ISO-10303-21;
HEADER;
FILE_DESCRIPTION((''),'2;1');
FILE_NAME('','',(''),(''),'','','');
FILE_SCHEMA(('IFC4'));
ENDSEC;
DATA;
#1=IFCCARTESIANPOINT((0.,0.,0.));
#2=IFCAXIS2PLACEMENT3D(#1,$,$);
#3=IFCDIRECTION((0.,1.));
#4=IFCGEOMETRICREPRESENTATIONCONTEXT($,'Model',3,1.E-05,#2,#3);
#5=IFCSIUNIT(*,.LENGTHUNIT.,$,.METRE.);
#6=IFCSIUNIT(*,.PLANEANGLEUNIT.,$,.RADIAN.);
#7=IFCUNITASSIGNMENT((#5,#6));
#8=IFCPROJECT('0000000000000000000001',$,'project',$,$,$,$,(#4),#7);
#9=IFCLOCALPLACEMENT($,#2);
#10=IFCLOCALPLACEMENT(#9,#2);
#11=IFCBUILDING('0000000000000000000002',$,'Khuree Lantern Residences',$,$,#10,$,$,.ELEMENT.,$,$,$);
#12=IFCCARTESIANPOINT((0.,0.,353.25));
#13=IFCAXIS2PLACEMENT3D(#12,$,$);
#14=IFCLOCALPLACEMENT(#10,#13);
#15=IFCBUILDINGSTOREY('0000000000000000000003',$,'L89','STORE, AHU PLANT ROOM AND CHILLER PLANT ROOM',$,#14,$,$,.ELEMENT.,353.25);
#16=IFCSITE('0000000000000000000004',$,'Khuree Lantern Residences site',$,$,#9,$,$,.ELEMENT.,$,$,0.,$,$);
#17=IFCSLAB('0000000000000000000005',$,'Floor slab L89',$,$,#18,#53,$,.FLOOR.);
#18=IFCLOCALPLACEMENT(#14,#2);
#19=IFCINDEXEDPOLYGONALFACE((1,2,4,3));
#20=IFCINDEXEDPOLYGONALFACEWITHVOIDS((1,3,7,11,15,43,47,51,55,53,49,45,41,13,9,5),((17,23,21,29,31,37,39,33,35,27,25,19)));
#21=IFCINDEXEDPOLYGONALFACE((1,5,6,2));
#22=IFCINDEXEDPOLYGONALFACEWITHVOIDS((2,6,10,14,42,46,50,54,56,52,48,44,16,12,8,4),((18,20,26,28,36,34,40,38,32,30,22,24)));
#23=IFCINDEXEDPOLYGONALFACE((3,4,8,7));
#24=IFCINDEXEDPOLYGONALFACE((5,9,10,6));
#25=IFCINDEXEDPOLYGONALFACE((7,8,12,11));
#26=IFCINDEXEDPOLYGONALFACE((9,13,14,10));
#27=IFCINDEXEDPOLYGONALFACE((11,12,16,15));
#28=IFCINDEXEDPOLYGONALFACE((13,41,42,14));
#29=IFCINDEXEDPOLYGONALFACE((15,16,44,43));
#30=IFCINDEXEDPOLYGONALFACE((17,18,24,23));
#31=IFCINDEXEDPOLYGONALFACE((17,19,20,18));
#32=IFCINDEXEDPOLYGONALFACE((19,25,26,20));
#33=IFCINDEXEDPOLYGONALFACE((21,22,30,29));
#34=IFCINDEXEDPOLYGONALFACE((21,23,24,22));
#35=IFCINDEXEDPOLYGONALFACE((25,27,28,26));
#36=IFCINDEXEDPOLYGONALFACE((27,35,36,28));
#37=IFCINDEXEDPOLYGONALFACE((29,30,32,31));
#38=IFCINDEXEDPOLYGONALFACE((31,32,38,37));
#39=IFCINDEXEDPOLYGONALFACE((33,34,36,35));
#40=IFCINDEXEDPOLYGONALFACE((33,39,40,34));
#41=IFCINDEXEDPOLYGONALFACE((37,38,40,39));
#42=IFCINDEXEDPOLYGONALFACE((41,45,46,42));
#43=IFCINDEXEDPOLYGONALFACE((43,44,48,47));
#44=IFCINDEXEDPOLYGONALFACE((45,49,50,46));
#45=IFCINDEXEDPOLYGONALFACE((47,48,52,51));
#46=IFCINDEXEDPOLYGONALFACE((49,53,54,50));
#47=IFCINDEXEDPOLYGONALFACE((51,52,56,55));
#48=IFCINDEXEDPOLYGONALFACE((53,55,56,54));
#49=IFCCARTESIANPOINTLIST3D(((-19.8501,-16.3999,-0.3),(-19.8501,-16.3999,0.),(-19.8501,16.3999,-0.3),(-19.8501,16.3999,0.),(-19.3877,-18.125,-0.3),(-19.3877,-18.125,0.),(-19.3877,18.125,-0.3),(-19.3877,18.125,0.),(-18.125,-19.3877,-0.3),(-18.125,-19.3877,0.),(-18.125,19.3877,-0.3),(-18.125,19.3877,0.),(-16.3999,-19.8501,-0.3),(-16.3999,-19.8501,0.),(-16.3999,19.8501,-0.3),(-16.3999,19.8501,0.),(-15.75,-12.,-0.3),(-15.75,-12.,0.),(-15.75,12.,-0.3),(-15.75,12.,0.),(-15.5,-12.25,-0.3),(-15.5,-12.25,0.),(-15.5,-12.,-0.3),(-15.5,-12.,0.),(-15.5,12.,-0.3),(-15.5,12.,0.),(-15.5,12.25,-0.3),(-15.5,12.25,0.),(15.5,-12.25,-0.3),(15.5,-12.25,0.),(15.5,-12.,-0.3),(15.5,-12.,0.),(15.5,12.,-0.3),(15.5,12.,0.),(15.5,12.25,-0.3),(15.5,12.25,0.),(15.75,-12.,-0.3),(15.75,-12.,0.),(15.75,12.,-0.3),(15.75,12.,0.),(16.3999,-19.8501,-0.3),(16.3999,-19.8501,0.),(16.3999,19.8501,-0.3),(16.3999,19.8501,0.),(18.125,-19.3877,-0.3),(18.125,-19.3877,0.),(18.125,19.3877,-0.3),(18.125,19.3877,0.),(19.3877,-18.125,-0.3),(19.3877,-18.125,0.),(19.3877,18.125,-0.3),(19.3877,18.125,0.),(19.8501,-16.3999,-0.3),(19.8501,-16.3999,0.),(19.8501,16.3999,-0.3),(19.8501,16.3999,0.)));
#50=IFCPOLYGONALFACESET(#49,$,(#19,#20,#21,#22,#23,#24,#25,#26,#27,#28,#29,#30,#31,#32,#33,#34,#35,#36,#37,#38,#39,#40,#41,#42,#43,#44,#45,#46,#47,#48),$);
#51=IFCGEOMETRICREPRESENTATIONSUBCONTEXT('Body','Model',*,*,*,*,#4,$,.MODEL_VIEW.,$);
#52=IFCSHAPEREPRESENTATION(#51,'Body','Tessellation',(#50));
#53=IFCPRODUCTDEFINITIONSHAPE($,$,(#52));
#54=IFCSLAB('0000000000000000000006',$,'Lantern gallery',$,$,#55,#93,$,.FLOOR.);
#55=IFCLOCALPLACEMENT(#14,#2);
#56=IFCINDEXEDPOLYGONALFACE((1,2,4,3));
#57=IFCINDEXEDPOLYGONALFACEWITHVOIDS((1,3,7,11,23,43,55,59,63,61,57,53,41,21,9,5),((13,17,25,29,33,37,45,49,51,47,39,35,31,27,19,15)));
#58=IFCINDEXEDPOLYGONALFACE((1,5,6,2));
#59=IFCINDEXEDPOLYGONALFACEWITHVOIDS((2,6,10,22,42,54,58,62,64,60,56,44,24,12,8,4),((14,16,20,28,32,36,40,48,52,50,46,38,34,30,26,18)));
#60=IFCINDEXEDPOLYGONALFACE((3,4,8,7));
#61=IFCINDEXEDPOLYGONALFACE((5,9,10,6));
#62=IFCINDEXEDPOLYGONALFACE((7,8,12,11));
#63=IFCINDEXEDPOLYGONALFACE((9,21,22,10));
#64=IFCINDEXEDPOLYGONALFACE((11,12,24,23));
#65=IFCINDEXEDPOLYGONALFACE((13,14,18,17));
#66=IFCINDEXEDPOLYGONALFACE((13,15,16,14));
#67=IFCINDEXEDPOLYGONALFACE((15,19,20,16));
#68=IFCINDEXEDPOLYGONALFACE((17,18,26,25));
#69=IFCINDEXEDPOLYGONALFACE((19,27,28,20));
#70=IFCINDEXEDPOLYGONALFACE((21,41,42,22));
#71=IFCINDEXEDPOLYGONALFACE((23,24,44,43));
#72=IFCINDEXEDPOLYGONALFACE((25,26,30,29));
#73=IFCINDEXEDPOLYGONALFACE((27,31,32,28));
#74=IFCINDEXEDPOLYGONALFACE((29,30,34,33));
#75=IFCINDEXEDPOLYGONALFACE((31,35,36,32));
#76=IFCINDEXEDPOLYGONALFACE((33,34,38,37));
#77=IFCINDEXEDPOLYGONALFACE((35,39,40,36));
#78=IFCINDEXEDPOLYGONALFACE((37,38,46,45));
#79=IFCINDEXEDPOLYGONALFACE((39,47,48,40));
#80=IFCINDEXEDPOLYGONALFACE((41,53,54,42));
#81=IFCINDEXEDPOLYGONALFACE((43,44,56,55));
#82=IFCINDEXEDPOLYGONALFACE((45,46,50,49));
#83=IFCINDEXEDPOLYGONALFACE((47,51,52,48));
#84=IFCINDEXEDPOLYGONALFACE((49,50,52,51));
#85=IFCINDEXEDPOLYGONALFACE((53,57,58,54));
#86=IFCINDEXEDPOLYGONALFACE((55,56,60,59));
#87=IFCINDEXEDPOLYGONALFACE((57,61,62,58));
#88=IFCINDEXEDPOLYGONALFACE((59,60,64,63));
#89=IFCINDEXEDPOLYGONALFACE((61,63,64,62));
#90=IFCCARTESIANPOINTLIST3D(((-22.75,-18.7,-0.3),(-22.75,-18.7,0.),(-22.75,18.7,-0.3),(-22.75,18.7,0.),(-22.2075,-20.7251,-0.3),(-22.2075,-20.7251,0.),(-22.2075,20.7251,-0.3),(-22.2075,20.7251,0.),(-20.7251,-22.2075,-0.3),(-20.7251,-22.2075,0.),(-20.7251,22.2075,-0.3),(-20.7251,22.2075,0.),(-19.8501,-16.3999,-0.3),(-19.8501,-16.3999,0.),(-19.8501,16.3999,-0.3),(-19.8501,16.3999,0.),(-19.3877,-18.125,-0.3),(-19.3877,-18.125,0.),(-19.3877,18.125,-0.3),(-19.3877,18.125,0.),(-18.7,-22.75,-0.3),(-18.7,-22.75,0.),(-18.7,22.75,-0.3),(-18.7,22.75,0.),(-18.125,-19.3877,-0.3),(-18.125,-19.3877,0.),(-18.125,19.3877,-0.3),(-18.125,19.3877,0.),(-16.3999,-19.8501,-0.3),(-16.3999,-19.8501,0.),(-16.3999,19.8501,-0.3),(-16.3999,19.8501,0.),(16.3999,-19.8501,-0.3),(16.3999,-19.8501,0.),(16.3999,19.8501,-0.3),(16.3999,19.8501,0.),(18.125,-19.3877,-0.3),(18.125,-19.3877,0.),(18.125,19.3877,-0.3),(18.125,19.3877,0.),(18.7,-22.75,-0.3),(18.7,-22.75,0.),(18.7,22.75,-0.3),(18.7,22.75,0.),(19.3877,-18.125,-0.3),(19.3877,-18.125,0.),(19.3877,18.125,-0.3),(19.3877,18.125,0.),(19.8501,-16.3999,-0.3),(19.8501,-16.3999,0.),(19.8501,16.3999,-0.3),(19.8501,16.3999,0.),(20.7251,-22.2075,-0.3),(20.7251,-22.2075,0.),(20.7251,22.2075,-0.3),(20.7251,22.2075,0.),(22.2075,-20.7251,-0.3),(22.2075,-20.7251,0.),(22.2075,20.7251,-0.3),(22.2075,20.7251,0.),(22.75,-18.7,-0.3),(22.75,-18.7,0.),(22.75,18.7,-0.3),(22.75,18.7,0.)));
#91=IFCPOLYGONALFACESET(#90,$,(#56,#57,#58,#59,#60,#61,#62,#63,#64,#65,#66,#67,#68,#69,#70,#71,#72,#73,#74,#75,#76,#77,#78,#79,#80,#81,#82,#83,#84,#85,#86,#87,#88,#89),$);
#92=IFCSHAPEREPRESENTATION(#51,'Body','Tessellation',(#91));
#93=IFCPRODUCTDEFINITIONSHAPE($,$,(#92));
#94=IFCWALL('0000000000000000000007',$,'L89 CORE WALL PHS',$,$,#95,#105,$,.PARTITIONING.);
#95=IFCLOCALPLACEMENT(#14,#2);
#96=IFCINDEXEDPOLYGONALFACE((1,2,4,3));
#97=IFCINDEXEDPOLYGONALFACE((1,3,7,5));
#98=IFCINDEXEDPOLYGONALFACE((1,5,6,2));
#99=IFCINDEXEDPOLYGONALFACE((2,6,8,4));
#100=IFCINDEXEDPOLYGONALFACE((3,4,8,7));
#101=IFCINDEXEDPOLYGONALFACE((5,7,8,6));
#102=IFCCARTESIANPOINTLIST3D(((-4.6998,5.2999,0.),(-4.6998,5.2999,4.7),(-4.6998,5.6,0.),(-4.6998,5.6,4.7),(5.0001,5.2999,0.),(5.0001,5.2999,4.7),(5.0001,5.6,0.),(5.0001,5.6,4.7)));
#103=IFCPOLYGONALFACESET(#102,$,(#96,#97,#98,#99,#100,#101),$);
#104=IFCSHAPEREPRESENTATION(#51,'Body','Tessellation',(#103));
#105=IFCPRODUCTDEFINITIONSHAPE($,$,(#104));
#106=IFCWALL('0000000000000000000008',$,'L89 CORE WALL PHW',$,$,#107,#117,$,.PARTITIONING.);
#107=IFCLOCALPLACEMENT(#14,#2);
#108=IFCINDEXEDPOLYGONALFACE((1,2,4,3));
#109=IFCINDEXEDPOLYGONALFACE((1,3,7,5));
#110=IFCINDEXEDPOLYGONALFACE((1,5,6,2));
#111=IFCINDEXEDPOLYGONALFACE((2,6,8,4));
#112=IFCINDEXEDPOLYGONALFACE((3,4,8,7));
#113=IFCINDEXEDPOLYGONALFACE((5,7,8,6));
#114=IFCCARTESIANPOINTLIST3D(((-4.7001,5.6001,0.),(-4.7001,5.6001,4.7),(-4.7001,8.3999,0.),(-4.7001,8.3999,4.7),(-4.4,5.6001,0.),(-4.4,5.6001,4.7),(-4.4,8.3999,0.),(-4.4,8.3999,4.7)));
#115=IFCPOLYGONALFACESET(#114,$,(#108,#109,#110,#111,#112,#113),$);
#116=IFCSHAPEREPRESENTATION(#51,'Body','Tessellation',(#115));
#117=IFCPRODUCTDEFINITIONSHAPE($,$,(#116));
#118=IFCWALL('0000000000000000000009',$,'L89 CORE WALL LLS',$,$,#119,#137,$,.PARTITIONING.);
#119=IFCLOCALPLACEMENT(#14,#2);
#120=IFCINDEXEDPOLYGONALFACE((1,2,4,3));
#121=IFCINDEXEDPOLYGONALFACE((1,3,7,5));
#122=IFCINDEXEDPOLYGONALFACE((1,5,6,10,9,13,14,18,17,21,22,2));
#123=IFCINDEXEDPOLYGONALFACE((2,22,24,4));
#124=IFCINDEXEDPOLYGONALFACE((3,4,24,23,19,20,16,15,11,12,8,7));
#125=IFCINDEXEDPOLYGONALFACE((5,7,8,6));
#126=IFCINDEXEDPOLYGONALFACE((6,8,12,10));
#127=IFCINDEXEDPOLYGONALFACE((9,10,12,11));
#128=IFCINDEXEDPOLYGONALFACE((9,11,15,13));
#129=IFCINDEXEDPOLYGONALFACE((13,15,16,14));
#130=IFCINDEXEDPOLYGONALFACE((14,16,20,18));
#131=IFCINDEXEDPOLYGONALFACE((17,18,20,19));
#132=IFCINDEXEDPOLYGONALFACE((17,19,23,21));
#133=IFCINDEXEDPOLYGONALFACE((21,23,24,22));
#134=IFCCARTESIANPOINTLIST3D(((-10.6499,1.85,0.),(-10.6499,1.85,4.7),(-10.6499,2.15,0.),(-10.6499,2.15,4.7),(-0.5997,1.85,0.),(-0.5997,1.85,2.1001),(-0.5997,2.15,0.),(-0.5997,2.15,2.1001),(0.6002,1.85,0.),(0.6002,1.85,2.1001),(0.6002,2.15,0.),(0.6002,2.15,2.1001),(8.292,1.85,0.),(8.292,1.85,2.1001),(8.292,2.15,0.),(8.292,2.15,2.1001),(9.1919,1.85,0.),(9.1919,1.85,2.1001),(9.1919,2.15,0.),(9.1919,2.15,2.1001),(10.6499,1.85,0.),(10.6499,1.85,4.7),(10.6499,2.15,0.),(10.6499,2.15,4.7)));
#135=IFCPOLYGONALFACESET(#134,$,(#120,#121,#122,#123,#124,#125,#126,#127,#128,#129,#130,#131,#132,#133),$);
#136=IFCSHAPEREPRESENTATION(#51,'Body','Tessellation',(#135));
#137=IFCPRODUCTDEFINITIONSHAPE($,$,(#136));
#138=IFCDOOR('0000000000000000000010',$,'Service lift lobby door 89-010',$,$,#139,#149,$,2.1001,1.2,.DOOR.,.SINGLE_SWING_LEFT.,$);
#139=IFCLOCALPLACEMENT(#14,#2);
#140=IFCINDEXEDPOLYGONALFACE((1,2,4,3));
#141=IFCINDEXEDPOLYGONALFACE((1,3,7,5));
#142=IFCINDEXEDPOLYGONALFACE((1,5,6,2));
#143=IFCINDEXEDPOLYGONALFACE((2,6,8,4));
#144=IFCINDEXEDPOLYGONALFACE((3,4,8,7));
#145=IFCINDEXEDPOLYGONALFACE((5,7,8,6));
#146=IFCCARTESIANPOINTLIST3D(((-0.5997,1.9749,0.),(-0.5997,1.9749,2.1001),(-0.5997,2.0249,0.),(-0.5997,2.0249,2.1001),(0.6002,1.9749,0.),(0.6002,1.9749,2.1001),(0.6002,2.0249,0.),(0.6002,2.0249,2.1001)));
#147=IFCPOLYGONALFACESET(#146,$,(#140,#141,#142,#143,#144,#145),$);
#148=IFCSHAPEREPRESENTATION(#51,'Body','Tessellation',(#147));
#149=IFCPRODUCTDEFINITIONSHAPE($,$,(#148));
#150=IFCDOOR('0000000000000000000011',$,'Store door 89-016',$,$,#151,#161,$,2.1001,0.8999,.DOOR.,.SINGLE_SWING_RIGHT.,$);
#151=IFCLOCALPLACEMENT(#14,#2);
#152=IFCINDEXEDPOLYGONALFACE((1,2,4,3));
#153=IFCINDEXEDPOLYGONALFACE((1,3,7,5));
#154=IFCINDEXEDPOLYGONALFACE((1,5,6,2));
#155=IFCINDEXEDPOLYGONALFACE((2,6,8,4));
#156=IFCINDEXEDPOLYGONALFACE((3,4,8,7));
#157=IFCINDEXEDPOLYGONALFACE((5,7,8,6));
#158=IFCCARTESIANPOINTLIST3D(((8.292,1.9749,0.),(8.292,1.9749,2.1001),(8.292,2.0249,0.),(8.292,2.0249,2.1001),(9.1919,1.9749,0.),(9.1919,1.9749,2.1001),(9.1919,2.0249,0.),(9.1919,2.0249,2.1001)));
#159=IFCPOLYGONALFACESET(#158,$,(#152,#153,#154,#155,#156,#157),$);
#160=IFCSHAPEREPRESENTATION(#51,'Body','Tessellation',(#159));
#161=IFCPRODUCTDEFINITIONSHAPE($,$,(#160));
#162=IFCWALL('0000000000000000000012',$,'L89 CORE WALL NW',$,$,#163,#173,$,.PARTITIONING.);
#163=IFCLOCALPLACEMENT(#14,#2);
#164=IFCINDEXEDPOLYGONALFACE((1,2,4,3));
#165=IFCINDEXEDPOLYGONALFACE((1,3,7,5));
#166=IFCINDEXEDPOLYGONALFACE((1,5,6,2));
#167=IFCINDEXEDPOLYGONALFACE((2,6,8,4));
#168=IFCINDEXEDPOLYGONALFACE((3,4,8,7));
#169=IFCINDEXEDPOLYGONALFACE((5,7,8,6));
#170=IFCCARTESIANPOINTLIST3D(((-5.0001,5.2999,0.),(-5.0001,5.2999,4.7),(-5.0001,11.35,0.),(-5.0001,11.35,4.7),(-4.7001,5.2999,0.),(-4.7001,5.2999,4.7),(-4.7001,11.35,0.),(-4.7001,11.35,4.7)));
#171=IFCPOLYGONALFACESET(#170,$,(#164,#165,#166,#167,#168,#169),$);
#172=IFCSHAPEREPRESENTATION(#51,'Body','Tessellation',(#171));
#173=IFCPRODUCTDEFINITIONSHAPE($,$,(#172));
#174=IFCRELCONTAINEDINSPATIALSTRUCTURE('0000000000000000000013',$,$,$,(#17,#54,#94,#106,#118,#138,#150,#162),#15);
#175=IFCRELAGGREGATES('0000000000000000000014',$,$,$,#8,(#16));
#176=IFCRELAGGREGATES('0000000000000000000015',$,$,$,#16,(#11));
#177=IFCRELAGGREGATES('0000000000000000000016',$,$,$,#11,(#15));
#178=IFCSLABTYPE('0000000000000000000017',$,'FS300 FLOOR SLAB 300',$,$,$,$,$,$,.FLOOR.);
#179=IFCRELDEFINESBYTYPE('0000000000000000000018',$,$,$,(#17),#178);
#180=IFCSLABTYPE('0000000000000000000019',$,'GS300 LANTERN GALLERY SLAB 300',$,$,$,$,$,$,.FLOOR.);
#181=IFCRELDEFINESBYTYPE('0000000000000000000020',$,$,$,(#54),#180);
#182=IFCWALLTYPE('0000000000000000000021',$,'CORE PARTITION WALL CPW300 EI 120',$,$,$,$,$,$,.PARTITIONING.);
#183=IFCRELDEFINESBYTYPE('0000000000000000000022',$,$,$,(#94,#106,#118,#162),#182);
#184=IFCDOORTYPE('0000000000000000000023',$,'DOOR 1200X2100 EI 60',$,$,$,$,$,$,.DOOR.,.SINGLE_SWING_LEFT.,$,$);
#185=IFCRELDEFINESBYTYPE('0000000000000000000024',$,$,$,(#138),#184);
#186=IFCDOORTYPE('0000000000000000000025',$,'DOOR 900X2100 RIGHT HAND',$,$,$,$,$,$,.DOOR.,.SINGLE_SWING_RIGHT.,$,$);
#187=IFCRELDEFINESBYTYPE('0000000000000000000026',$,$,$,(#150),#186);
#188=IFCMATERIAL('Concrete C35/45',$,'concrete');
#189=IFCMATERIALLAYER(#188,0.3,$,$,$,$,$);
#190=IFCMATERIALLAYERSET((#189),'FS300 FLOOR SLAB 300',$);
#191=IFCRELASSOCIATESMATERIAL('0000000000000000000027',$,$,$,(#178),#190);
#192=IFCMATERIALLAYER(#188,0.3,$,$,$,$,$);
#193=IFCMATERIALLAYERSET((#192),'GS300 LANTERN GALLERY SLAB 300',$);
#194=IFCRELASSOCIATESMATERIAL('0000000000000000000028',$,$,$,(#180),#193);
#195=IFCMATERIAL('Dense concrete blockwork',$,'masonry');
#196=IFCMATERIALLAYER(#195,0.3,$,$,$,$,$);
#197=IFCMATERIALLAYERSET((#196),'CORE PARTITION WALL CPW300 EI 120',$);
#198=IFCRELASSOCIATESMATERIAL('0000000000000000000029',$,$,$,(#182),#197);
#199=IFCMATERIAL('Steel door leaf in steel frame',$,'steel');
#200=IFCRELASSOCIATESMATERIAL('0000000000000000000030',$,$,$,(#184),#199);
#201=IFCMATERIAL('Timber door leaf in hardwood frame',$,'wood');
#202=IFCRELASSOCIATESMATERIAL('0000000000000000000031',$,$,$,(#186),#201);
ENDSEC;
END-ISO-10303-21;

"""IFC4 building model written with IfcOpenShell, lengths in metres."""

from ifc_helpers import new_model, si_unit, direction, frame, frame_2d, origin, place, context, subcontext, project, spatial, polyline, rectangle, outline, extrude, material, layer, layer_set, type_object, element, fill, save


model = new_model("IFC4")

# Units and contexts
model_context = context("Model", 3, precision=1e-05, world=origin(), true_north=direction((0.0, 1.0)))
body_context = subcontext(model_context, "Body", "Model", "MODEL_VIEW")
ifc_project = project(units=[si_unit("LENGTHUNIT", "METRE"), si_unit("PLANEANGLEUNIT", "RADIAN")], contexts=[model_context])

# Site, building, storey
site_placement = place(None, origin())
site = spatial("IfcSite", under=ifc_project, at=site_placement, Name="Khuree Lantern Residences site", CompositionType="ELEMENT", RefElevation=0.0)
building_placement = place(site_placement, origin())
building = spatial("IfcBuilding", under=site, at=building_placement, Name="Khuree Lantern Residences", CompositionType="ELEMENT")
storey_placement = place(building_placement, frame((0.0, 0.0, 353.25)))
storey = spatial("IfcBuildingStorey", under=building, at=storey_placement, Name="L89", Description="STORE, AHU PLANT ROOM AND CHILLER PLANT ROOM", CompositionType="ELEMENT", Elevation=353.25)

# Slabs
ifc_material_1 = material(Name="Concrete C35/45", Category="concrete")
ifc_layer_1 = layer(ifc_material_1, 0.3)
ifc_layer_set_1 = layer_set([ifc_layer_1], Name="FS300 FLOOR SLAB 300")
slab_type_1 = type_object("IfcSlabType", Name="FS300 FLOOR SLAB 300", PredefinedType="FLOOR", material=ifc_layer_set_1)
slab_1_placement = place(storey_placement, frame((0.0, 0.0, -0.3)))
element("IfcSlab", 1, at=slab_1_placement, inside=storey, type_object=slab_type_1, Name="Floor slab L89", PredefinedType="FLOOR", context=body_context, shape_type="SweptSolid", body=[
    extrude(outline(polyline([(-18.125, -19.3877), (-19.3877, -18.125), (-19.8501, -16.3999), (-19.8501, 16.3999), (-19.3877, 18.125), (-18.125, 19.3877), (-16.3999, 19.8501), (16.3999, 19.8501), (18.125, 19.3877), (19.3877, 18.125), (19.8501, 16.3999), (19.8501, -16.3999), (19.3877, -18.125), (18.125, -19.3877), (16.3999, -19.8501), (-16.3999, -19.8501), (-18.125, -19.3877)]), holes=[polyline([(15.75, 12.0), (15.5, 12.0), (15.5, 12.25), (-15.5, 12.25), (-15.5, 12.0), (-15.75, 12.0), (-15.75, -12.0), (-15.5, -12.0), (-15.5, -12.25), (15.5, -12.25), (15.5, -12.0), (15.75, -12.0), (15.75, 12.0)])]), origin(), (0.0, 0.0, 1.0), 0.3),
])
ifc_layer_2 = layer(ifc_material_1, 0.3)
ifc_layer_set_2 = layer_set([ifc_layer_2], Name="GS300 LANTERN GALLERY SLAB 300")
slab_type_2 = type_object("IfcSlabType", Name="GS300 LANTERN GALLERY SLAB 300", PredefinedType="FLOOR", material=ifc_layer_set_2)
slab_2_placement = place(storey_placement, frame((0.0, 0.0, -0.3)))
element("IfcSlab", 2, at=slab_2_placement, inside=storey, type_object=slab_type_2, Name="Lantern gallery", PredefinedType="FLOOR", context=body_context, shape_type="SweptSolid", body=[
    extrude(outline(polyline([(-20.7251, -22.2075), (-22.2075, -20.7251), (-22.75, -18.7), (-22.75, 18.7), (-22.2075, 20.7251), (-20.7251, 22.2075), (-18.7, 22.75), (18.7, 22.75), (20.7251, 22.2075), (22.2075, 20.7251), (22.75, 18.7), (22.75, -18.7), (22.2075, -20.7251), (20.7251, -22.2075), (18.7, -22.75), (-18.7, -22.75), (-20.7251, -22.2075)]), holes=[polyline([(19.3877, -18.125), (19.8501, -16.3999), (19.8501, 16.3999), (19.3877, 18.125), (18.125, 19.3877), (16.3999, 19.8501), (-16.3999, 19.8501), (-18.125, 19.3877), (-19.3877, 18.125), (-19.8501, 16.3999), (-19.8501, -16.3999), (-19.3877, -18.125), (-18.125, -19.3877), (-16.3999, -19.8501), (16.3999, -19.8501), (18.125, -19.3877), (19.3877, -18.125)])]), origin(), (0.0, 0.0, 1.0), 0.3),
])

# Walls
ifc_material_2 = material(Name="Dense concrete blockwork", Category="masonry")
ifc_layer_3 = layer(ifc_material_2, 0.3)
ifc_layer_set_3 = layer_set([ifc_layer_3], Name="CORE PARTITION WALL CPW300 EI 120")
wall_type_1 = type_object("IfcWallType", Name="CORE PARTITION WALL CPW300 EI 120", PredefinedType="PARTITIONING", material=ifc_layer_set_3)
wall_1_placement = place(storey_placement, frame((-4.7, 5.45, 0.0), z_axis=(0.0, 0.0, 1.0), x_axis=(1.0, 0.0, 0.0)))
element("IfcWall", 3, at=wall_1_placement, inside=storey, type_object=wall_type_1, Name="L89 CORE WALL PHS", PredefinedType="PARTITIONING", context=body_context, shape_type="SweptSolid", body=[
    extrude(rectangle(XDim=9.7, YDim=0.3, at=frame_2d((4.8501, 0.0))), origin(), (0.0, 0.0, 1.0), 4.7),
])
wall_2_placement = place(storey_placement, frame((-4.55, 5.6001, 0.0), z_axis=(0.0, 0.0, 1.0), x_axis=(0.0, 1.0, 0.0)))
element("IfcWall", 4, at=wall_2_placement, inside=storey, type_object=wall_type_1, Name="L89 CORE WALL PHW", PredefinedType="PARTITIONING", context=body_context, shape_type="SweptSolid", body=[
    extrude(rectangle(XDim=2.7998, YDim=0.3, at=frame_2d((1.3999, 0.0))), origin(), (0.0, 0.0, 1.0), 4.7),
])

# Wall, openings, doors
wall_3_placement = place(storey_placement, frame((-10.6499, 2.0, 0.0), z_axis=(0.0, 0.0, 1.0), x_axis=(1.0, 0.0, 0.0)))
wall_3 = element("IfcWall", 5, at=wall_3_placement, inside=storey, type_object=wall_type_1, Name="L89 CORE WALL LLS", PredefinedType="PARTITIONING", context=body_context, shape_type="SweptSolid", body=[
    extrude(rectangle(XDim=21.2998, YDim=0.3, at=frame_2d((10.6499, 0.0))), origin(), (0.0, 0.0, 1.0), 4.7),
])
opening_1_placement = place(wall_3_placement, frame((10.05, 0.0, 0.0)))
opening_1 = element("IfcOpeningElement", 6, at=opening_1_placement, cuts=wall_3, PredefinedType="OPENING", context=body_context, shape_type="SweptSolid", body=[
    extrude(rectangle(XDim=1.2, YDim=2.1001, at=frame_2d((0.6001, 1.05))), frame((0.0, 0.1602, 0.0), z_axis=(0.0, -1.0, 0.0), x_axis=(1.0, 0.0, 0.0)), (0.0, 0.0, 1.0), 0.3201),
])
opening_2_placement = place(wall_3_placement, frame((18.9419, 0.0, 0.0)))
opening_2 = element("IfcOpeningElement", 7, at=opening_2_placement, cuts=wall_3, PredefinedType="OPENING", context=body_context, shape_type="SweptSolid", body=[
    extrude(rectangle(XDim=0.8999, YDim=2.1001, at=frame_2d((0.45, 1.05))), frame((0.0, 0.1602, 0.0), z_axis=(0.0, -1.0, 0.0), x_axis=(1.0, 0.0, 0.0)), (0.0, 0.0, 1.0), 0.3201),
])
ifc_material_3 = material(Name="Steel door leaf in steel frame", Category="steel")
door_type_1 = type_object("IfcDoorType", Name="DOOR 1200X2100 EI 60", OperationType="SINGLE_SWING_LEFT", PredefinedType="DOOR", material=ifc_material_3)
door_1_placement = place(opening_1_placement, origin())
door_1 = element("IfcDoor", 8, at=door_1_placement, inside=storey, type_object=door_type_1, Name="Service lift lobby door 89-010", OperationType="SINGLE_SWING_LEFT", OverallHeight=2.1001, OverallWidth=1.2, PredefinedType="DOOR", context=body_context, shape_type="SweptSolid", body=[
    extrude(rectangle(XDim=1.2, YDim=2.1001, at=frame_2d((0.6001, 1.05))), frame((0.0, 0.0249, 0.0), z_axis=(0.0, -1.0, 0.0), x_axis=(1.0, 0.0, 0.0)), (0.0, 0.0, 1.0), 0.05),
])
fill(opening_1, door_1)
ifc_material_4 = material(Name="Timber door leaf in hardwood frame", Category="wood")
door_type_2 = type_object("IfcDoorType", Name="DOOR 900X2100 RIGHT HAND", OperationType="SINGLE_SWING_RIGHT", PredefinedType="DOOR", material=ifc_material_4)
door_2_placement = place(opening_2_placement, origin())
door_2 = element("IfcDoor", 9, at=door_2_placement, inside=storey, type_object=door_type_2, Name="Store door 89-016", OperationType="SINGLE_SWING_RIGHT", OverallHeight=2.1001, OverallWidth=0.8999, PredefinedType="DOOR", context=body_context, shape_type="SweptSolid", body=[
    extrude(rectangle(XDim=0.8999, YDim=2.1001, at=frame_2d((0.45, 1.05))), frame((0.0, 0.0249, 0.0), z_axis=(0.0, -1.0, 0.0), x_axis=(1.0, 0.0, 0.0)), (0.0, 0.0, 1.0), 0.05),
])
fill(opening_2, door_2)

# Wall
wall_4_placement = place(storey_placement, frame((-4.8501, 5.3, 0.0), z_axis=(0.0, 0.0, 1.0), x_axis=(0.0, 1.0, 0.0)))
element("IfcWall", 10, at=wall_4_placement, inside=storey, type_object=wall_type_1, Name="L89 CORE WALL NW", PredefinedType="PARTITIONING", context=body_context, shape_type="SweptSolid", body=[
    extrude(rectangle(XDim=6.05, YDim=0.3, at=frame_2d((3.0249, 0.0))), origin(), (0.0, 0.0, 1.0), 4.7),
])

save(model, "model.ifc")
